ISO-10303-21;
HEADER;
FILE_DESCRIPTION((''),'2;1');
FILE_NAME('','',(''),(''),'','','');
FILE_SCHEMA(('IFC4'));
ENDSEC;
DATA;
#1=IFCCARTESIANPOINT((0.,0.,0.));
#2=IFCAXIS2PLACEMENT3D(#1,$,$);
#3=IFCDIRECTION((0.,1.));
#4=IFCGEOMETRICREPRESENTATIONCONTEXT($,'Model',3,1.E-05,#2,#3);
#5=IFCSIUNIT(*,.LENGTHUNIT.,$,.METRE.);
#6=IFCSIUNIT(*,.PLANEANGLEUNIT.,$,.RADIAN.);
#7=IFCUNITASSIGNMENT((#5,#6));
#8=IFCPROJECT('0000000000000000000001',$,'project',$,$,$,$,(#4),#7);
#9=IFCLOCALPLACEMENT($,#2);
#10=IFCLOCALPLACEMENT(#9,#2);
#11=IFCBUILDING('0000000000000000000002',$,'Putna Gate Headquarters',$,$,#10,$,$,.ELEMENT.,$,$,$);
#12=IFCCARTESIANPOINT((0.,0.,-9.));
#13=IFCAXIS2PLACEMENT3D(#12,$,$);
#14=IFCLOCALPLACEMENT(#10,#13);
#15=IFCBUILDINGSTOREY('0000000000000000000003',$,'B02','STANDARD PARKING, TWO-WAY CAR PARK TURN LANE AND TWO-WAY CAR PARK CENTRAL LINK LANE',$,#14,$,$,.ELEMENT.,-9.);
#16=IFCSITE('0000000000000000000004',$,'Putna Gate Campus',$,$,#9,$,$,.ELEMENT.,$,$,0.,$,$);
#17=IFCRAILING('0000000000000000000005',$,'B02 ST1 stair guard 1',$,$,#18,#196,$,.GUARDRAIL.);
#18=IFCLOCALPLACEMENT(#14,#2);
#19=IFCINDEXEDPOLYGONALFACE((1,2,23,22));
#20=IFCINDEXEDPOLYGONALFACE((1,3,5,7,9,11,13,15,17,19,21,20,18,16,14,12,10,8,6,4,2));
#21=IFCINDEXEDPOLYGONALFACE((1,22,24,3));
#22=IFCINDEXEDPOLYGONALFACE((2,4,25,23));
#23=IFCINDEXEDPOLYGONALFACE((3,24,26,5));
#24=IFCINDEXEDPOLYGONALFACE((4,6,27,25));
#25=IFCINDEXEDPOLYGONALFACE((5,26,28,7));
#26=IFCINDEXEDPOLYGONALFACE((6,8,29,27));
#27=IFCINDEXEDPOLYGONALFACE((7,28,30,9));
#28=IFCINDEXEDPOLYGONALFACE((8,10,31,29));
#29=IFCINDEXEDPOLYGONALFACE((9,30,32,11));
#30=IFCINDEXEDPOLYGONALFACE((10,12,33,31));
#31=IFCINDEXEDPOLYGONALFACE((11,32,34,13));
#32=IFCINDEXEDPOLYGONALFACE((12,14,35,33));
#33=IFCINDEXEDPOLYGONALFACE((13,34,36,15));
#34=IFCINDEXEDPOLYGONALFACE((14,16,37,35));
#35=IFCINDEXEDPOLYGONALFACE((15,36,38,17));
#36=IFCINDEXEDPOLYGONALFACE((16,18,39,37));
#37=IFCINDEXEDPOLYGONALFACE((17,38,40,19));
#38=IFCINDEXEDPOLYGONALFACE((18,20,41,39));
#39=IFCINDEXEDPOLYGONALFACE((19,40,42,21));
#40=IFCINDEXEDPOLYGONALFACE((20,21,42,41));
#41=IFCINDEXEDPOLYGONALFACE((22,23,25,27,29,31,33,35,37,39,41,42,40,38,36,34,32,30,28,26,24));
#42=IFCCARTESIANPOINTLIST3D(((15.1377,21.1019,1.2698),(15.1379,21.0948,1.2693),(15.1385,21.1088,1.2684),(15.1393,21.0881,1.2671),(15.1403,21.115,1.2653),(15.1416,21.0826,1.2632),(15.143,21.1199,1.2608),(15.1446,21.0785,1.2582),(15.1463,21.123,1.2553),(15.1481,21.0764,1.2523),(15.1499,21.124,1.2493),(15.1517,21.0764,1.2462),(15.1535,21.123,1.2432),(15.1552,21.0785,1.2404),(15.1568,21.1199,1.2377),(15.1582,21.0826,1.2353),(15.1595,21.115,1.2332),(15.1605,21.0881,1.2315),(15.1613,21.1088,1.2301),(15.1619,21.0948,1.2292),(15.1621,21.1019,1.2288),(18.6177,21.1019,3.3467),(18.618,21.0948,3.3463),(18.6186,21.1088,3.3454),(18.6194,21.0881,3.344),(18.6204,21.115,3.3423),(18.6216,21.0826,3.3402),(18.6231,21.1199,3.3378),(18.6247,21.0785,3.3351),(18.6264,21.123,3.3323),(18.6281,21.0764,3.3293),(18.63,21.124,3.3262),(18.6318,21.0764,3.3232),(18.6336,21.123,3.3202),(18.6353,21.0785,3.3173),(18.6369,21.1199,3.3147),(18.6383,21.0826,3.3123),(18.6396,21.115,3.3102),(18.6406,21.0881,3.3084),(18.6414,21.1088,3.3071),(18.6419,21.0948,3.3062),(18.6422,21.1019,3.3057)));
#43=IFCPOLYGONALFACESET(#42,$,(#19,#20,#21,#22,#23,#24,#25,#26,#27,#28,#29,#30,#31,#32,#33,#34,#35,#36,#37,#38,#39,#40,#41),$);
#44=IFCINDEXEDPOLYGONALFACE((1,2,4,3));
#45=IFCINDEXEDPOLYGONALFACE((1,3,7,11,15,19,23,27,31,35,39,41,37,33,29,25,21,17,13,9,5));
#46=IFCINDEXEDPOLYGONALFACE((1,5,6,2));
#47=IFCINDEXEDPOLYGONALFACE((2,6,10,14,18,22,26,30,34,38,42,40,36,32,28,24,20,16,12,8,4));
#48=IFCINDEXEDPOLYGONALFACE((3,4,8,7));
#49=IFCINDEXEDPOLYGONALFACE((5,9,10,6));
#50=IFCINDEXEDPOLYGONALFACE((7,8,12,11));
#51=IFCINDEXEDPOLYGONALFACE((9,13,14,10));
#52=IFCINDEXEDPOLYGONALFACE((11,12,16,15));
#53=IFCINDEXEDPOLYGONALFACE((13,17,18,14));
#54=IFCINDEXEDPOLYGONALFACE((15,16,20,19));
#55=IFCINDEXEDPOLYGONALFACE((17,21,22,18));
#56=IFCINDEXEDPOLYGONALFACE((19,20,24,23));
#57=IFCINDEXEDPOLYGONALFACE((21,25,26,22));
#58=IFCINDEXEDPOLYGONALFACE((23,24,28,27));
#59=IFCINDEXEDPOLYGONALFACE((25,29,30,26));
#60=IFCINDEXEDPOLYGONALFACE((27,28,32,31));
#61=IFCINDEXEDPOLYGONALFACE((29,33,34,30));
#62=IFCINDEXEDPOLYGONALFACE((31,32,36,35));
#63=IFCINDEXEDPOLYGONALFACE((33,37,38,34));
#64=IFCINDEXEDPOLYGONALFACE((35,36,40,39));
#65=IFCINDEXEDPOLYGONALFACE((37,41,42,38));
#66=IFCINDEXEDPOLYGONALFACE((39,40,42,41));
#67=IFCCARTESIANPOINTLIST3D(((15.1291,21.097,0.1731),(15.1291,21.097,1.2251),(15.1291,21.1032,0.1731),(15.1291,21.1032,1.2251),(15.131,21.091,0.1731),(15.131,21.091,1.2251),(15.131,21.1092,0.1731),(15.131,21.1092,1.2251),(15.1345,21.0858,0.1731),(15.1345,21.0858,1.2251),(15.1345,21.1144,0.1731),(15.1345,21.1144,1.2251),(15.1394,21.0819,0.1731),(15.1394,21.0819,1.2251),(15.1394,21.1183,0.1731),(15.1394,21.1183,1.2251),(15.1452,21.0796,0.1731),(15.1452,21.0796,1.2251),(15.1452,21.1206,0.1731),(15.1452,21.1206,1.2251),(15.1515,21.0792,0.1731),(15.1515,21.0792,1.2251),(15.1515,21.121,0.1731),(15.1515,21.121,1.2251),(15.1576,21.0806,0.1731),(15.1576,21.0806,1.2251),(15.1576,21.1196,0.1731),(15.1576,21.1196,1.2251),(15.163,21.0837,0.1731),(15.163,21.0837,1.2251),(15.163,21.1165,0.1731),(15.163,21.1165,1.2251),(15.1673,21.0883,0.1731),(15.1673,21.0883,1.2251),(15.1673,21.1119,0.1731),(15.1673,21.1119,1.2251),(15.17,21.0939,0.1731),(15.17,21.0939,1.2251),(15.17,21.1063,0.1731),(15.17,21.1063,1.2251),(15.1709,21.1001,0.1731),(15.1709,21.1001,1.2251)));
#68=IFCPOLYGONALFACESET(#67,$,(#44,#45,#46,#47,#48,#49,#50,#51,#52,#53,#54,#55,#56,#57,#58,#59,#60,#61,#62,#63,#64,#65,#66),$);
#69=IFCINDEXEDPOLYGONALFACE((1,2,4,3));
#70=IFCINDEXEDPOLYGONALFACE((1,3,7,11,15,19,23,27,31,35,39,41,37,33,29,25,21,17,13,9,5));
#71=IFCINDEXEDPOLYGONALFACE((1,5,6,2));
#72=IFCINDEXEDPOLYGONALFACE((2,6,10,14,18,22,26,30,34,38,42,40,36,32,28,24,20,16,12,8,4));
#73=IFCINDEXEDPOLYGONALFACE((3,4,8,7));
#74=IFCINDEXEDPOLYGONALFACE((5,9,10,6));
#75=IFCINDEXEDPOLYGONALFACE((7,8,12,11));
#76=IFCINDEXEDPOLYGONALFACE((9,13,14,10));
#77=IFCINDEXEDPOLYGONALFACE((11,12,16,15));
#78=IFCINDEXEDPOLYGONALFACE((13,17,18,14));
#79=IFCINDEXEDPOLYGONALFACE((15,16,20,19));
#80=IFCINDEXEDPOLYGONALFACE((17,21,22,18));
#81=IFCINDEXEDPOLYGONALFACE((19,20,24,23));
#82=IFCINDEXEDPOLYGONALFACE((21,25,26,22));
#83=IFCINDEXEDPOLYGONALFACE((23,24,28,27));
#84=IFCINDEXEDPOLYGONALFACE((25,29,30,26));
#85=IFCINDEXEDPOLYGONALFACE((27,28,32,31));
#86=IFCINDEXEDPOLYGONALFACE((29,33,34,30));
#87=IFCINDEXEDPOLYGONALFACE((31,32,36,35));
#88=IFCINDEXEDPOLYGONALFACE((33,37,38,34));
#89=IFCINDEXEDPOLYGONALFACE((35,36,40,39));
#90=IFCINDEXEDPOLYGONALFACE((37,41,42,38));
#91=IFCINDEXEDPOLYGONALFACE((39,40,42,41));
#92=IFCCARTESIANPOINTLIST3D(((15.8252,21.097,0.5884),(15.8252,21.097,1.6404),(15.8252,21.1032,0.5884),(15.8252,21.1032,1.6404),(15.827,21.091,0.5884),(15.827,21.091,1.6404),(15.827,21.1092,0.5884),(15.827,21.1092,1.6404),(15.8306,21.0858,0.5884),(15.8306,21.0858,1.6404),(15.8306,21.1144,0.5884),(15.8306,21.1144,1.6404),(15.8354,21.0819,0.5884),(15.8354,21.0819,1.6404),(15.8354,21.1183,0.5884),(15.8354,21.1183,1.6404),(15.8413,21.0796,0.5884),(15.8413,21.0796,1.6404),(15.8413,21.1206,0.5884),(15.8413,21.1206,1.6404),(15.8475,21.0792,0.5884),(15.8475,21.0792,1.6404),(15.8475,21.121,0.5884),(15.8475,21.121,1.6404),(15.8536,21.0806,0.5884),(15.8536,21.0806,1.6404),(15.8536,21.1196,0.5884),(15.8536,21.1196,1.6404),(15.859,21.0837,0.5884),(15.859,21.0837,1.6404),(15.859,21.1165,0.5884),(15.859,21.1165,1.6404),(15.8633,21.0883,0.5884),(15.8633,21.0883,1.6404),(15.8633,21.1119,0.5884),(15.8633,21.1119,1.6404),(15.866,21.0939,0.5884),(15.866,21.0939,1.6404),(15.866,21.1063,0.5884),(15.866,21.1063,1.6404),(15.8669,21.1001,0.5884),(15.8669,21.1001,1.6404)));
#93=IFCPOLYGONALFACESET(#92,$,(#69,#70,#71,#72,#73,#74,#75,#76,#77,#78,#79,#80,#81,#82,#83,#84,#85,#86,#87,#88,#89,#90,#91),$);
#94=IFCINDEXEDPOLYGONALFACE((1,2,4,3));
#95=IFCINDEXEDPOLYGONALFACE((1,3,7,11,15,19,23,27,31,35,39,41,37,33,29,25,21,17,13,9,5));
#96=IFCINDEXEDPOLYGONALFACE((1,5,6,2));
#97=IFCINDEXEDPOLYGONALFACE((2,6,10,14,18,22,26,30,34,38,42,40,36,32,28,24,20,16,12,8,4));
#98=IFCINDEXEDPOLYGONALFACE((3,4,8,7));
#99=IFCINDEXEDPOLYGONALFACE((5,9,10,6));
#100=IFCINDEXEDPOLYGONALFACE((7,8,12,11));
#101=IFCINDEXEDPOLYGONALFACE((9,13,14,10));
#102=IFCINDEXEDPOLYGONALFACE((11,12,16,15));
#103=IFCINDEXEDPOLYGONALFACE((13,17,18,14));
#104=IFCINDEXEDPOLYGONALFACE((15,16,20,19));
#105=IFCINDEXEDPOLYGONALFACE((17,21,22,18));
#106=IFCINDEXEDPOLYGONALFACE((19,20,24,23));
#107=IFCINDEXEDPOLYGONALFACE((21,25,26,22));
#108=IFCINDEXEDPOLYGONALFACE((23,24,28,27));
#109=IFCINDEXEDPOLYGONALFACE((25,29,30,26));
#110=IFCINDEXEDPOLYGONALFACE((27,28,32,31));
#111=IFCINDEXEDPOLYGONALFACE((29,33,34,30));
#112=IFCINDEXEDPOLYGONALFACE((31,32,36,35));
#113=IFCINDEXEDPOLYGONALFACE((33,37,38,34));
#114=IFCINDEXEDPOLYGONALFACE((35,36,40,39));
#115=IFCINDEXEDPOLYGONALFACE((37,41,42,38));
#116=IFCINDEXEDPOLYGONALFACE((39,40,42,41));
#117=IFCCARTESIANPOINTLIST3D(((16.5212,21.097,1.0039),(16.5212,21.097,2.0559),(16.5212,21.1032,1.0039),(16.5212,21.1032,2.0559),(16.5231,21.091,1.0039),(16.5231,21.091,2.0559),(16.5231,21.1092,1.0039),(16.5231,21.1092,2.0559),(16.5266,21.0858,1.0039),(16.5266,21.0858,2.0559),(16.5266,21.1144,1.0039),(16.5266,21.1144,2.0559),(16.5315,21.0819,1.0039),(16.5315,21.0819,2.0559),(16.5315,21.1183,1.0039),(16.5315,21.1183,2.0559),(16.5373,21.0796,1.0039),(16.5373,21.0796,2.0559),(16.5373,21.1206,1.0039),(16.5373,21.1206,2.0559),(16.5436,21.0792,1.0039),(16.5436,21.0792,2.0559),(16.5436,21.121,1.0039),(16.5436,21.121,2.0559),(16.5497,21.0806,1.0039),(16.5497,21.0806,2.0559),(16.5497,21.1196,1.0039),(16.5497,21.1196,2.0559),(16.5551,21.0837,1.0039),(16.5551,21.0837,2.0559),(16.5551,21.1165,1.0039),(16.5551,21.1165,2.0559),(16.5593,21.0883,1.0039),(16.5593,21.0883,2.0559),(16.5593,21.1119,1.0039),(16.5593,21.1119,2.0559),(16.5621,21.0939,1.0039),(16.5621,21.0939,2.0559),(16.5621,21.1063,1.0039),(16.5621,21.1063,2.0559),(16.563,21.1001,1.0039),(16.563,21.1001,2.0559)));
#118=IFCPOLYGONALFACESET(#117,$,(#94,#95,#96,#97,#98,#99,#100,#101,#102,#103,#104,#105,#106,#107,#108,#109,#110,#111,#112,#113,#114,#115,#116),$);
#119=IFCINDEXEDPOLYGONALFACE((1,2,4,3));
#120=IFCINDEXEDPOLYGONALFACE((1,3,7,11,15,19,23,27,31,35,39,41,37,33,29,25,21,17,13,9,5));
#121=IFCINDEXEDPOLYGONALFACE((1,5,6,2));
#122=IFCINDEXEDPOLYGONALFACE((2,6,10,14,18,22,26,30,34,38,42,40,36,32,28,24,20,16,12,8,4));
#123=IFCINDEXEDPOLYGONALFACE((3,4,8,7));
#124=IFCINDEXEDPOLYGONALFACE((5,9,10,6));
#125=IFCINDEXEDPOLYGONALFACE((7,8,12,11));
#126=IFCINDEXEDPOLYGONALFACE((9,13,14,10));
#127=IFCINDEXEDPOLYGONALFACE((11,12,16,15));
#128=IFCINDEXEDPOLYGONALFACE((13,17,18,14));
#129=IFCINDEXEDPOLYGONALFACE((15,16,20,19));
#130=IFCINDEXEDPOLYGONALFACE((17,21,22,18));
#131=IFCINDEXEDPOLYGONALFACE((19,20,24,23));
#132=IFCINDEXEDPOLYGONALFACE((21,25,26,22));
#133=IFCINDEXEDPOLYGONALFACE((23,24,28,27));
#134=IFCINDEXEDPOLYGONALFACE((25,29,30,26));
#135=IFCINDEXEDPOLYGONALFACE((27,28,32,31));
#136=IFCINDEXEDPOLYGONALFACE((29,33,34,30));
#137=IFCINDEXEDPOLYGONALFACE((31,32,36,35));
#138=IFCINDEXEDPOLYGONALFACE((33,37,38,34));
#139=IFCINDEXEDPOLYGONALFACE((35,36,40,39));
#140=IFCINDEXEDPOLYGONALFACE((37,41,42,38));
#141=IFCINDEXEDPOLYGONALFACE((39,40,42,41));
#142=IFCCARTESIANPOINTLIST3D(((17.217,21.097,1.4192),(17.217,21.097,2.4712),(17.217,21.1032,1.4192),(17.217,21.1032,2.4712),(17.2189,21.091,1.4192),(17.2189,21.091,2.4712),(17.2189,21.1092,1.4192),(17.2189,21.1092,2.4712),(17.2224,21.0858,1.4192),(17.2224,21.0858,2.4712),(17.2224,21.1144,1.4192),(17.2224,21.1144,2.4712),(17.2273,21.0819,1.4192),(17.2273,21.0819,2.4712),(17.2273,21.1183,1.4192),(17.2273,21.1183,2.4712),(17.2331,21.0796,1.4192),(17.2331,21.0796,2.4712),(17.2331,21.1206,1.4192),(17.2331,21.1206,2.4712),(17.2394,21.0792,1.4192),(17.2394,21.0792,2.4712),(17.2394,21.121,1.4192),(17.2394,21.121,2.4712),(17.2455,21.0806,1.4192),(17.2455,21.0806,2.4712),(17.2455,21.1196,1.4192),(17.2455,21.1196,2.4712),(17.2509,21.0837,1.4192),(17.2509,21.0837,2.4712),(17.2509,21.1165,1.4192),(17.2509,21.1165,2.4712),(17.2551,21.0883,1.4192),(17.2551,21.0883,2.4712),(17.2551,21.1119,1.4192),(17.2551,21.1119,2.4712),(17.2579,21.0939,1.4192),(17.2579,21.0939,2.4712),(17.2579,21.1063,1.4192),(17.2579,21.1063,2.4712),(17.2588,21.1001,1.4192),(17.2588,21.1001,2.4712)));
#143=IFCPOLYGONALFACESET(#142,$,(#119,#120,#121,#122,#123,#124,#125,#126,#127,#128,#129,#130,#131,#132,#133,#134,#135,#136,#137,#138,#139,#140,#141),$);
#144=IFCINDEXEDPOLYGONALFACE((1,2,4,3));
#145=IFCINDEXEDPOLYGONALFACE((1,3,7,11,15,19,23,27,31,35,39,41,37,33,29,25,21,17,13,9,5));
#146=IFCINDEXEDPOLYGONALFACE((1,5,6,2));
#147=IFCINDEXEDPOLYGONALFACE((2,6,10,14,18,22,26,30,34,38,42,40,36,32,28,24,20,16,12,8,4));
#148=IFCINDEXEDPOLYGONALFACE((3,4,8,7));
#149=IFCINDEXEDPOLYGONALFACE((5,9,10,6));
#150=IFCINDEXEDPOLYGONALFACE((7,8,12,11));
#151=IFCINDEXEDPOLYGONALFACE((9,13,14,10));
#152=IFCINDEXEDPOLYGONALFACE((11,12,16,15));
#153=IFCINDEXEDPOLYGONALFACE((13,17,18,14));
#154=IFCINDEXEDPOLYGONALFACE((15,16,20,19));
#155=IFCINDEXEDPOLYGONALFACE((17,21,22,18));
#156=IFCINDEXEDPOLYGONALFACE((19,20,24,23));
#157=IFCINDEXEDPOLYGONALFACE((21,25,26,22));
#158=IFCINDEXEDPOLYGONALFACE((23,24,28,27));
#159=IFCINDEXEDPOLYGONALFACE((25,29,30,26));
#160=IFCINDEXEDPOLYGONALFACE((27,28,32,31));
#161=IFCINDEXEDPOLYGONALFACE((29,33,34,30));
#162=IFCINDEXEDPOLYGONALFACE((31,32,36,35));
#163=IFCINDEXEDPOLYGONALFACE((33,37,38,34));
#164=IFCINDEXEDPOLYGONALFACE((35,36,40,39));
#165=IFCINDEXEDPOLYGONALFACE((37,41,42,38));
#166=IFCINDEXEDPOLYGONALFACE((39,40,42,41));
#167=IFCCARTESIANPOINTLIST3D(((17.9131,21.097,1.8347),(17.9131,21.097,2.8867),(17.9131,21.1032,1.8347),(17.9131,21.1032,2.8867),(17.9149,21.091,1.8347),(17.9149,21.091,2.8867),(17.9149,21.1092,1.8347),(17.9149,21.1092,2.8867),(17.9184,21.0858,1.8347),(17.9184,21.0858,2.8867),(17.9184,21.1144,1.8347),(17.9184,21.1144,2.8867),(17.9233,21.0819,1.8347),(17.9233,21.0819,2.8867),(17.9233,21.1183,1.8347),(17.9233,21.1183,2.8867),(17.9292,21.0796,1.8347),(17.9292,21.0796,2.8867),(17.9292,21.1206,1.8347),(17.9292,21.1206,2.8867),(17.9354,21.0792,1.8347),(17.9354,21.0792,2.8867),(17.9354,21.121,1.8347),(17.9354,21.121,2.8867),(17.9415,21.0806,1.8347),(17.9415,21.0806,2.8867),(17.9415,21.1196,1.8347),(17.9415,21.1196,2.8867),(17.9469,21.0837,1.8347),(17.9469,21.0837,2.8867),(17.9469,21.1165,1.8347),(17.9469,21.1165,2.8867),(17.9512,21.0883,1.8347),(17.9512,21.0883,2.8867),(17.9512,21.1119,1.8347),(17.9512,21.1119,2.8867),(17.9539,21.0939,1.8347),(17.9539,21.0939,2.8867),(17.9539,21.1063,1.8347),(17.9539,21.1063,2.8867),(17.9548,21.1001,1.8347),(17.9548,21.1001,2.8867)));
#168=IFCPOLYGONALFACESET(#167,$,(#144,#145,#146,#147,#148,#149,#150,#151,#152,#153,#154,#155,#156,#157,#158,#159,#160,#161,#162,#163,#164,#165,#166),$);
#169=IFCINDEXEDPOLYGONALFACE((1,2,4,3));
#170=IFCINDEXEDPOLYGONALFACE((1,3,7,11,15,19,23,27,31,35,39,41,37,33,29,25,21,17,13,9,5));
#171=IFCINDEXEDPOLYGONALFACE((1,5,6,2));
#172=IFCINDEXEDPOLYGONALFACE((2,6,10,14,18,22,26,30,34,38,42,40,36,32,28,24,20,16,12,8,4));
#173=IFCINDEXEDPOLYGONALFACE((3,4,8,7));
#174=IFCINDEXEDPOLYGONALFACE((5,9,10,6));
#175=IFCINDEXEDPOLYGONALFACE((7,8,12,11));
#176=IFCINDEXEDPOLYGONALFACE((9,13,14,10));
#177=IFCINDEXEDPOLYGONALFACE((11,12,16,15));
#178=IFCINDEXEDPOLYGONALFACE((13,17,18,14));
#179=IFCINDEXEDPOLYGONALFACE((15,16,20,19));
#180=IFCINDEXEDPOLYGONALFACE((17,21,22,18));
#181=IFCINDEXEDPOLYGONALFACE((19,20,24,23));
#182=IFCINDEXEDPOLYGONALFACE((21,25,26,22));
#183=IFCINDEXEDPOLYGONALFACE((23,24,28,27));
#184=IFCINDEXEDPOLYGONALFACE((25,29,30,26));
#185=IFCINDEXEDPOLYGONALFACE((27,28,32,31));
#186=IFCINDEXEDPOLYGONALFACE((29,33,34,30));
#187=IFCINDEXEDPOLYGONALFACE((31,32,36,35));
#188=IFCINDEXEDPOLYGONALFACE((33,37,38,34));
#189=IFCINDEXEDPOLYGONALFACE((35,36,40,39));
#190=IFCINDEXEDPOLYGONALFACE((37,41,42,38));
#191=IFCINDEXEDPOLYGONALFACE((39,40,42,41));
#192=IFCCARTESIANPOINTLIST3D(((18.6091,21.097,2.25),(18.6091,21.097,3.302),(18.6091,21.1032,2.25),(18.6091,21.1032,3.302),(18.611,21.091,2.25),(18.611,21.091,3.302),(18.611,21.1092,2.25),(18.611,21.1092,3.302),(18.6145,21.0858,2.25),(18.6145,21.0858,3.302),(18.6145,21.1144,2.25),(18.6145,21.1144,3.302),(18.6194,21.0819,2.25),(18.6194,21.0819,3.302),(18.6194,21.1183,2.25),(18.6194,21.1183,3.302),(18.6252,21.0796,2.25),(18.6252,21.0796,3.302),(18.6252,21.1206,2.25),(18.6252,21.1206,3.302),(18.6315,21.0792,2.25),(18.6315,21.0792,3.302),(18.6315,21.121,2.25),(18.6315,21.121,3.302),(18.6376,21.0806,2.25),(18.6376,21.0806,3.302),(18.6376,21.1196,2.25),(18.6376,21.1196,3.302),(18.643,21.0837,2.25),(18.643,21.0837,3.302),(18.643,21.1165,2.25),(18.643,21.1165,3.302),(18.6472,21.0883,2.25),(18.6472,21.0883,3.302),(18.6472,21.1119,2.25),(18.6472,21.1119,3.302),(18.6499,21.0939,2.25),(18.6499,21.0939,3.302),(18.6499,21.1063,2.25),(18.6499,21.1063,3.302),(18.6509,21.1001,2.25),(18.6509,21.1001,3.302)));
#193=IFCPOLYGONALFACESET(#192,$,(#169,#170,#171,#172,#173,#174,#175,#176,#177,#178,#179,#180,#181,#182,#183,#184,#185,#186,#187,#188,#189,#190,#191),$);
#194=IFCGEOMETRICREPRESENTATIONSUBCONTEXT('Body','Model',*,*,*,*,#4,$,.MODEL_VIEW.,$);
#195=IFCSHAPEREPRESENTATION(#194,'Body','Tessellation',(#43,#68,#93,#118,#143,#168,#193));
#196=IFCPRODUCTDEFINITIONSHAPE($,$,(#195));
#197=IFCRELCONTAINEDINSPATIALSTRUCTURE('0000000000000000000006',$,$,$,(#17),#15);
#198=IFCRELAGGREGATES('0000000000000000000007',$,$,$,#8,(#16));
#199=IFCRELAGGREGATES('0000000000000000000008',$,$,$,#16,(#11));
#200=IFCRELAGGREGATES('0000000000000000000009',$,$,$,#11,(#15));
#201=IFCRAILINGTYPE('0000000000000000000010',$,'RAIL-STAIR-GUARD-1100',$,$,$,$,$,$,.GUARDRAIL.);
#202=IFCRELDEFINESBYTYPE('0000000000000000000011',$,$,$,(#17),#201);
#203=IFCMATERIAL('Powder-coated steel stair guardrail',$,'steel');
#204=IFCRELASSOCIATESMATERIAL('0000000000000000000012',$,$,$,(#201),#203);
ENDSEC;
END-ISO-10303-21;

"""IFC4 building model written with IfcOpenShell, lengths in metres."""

from ifc_helpers import new_model, si_unit, direction, frame, origin, origin_2d, place, context, subcontext, project, spatial, circle, extrude, material, type_object, element, save


model = new_model("IFC4")

# Units and contexts
model_context = context("Model", 3, precision=1e-05, world=origin(), true_north=direction((0.0, 1.0)))
body_context = subcontext(model_context, "Body", "Model", "MODEL_VIEW")
ifc_project = project(units=[si_unit("LENGTHUNIT", "METRE"), si_unit("PLANEANGLEUNIT", "RADIAN")], contexts=[model_context])

# Site, building, storey
site_placement = place(None, origin())
site = spatial("IfcSite", under=ifc_project, at=site_placement, Name="Putna Gate Campus", CompositionType="ELEMENT", RefElevation=0.0)
building_placement = place(site_placement, origin())
building = spatial("IfcBuilding", under=site, at=building_placement, Name="Putna Gate Headquarters", CompositionType="ELEMENT")
storey_placement = place(building_placement, frame((0.0, 0.0, -9.0)))
storey = spatial("IfcBuildingStorey", under=building, at=storey_placement, Name="B02", Description="STANDARD PARKING, TWO-WAY CAR PARK TURN LANE AND TWO-WAY CAR PARK CENTRAL LINK LANE", CompositionType="ELEMENT", Elevation=-9.0)

# Railing
ifc_material_1 = material(Name="Powder-coated steel stair guardrail", Category="steel")
railing_type_1 = type_object("IfcRailingType", Name="RAIL-STAIR-GUARD-1100", PredefinedType="GUARDRAIL", material=ifc_material_1)
railing_1_placement = place(storey_placement, frame((15.1499, 21.1001, 0.1731)))
element("IfcRailing", 1, at=railing_1_placement, inside=storey, type_object=railing_type_1, Name="B02 ST1 stair guard 1", PredefinedType="GUARDRAIL", context=body_context, shape_type="SweptSolid", body=[
    extrude(circle(Radius=0.0239, at=origin_2d()), frame((0.0, 0.0, 1.0762), z_axis=(0.858697, 0.0, 0.512483), x_axis=(0.0, 1.0, 0.0)), (0.0, 0.0, 1.0), 4.0527),
    extrude(circle(Radius=0.021, at=origin_2d()), origin(), (0.0, 0.0, 1.0), 1.052),
    extrude(circle(Radius=0.021, at=origin_2d()), frame((0.696, 0.0, 0.4153)), (0.0, 0.0, 1.0), 1.052),
    extrude(circle(Radius=0.021, at=origin_2d()), frame((1.3921, 0.0, 0.8308)), (0.0, 0.0, 1.0), 1.052),
    extrude(circle(Radius=0.021, at=origin_2d()), frame((2.0879, 0.0, 1.2461)), (0.0, 0.0, 1.0), 1.052),
    extrude(circle(Radius=0.021, at=origin_2d()), frame((2.7839, 0.0, 1.6616)), (0.0, 0.0, 1.0), 1.052),
    extrude(circle(Radius=0.021, at=origin_2d()), frame((3.48, 0.0, 2.0769)), (0.0, 0.0, 1.0), 1.052),
])

save(model, "model.ifc")
